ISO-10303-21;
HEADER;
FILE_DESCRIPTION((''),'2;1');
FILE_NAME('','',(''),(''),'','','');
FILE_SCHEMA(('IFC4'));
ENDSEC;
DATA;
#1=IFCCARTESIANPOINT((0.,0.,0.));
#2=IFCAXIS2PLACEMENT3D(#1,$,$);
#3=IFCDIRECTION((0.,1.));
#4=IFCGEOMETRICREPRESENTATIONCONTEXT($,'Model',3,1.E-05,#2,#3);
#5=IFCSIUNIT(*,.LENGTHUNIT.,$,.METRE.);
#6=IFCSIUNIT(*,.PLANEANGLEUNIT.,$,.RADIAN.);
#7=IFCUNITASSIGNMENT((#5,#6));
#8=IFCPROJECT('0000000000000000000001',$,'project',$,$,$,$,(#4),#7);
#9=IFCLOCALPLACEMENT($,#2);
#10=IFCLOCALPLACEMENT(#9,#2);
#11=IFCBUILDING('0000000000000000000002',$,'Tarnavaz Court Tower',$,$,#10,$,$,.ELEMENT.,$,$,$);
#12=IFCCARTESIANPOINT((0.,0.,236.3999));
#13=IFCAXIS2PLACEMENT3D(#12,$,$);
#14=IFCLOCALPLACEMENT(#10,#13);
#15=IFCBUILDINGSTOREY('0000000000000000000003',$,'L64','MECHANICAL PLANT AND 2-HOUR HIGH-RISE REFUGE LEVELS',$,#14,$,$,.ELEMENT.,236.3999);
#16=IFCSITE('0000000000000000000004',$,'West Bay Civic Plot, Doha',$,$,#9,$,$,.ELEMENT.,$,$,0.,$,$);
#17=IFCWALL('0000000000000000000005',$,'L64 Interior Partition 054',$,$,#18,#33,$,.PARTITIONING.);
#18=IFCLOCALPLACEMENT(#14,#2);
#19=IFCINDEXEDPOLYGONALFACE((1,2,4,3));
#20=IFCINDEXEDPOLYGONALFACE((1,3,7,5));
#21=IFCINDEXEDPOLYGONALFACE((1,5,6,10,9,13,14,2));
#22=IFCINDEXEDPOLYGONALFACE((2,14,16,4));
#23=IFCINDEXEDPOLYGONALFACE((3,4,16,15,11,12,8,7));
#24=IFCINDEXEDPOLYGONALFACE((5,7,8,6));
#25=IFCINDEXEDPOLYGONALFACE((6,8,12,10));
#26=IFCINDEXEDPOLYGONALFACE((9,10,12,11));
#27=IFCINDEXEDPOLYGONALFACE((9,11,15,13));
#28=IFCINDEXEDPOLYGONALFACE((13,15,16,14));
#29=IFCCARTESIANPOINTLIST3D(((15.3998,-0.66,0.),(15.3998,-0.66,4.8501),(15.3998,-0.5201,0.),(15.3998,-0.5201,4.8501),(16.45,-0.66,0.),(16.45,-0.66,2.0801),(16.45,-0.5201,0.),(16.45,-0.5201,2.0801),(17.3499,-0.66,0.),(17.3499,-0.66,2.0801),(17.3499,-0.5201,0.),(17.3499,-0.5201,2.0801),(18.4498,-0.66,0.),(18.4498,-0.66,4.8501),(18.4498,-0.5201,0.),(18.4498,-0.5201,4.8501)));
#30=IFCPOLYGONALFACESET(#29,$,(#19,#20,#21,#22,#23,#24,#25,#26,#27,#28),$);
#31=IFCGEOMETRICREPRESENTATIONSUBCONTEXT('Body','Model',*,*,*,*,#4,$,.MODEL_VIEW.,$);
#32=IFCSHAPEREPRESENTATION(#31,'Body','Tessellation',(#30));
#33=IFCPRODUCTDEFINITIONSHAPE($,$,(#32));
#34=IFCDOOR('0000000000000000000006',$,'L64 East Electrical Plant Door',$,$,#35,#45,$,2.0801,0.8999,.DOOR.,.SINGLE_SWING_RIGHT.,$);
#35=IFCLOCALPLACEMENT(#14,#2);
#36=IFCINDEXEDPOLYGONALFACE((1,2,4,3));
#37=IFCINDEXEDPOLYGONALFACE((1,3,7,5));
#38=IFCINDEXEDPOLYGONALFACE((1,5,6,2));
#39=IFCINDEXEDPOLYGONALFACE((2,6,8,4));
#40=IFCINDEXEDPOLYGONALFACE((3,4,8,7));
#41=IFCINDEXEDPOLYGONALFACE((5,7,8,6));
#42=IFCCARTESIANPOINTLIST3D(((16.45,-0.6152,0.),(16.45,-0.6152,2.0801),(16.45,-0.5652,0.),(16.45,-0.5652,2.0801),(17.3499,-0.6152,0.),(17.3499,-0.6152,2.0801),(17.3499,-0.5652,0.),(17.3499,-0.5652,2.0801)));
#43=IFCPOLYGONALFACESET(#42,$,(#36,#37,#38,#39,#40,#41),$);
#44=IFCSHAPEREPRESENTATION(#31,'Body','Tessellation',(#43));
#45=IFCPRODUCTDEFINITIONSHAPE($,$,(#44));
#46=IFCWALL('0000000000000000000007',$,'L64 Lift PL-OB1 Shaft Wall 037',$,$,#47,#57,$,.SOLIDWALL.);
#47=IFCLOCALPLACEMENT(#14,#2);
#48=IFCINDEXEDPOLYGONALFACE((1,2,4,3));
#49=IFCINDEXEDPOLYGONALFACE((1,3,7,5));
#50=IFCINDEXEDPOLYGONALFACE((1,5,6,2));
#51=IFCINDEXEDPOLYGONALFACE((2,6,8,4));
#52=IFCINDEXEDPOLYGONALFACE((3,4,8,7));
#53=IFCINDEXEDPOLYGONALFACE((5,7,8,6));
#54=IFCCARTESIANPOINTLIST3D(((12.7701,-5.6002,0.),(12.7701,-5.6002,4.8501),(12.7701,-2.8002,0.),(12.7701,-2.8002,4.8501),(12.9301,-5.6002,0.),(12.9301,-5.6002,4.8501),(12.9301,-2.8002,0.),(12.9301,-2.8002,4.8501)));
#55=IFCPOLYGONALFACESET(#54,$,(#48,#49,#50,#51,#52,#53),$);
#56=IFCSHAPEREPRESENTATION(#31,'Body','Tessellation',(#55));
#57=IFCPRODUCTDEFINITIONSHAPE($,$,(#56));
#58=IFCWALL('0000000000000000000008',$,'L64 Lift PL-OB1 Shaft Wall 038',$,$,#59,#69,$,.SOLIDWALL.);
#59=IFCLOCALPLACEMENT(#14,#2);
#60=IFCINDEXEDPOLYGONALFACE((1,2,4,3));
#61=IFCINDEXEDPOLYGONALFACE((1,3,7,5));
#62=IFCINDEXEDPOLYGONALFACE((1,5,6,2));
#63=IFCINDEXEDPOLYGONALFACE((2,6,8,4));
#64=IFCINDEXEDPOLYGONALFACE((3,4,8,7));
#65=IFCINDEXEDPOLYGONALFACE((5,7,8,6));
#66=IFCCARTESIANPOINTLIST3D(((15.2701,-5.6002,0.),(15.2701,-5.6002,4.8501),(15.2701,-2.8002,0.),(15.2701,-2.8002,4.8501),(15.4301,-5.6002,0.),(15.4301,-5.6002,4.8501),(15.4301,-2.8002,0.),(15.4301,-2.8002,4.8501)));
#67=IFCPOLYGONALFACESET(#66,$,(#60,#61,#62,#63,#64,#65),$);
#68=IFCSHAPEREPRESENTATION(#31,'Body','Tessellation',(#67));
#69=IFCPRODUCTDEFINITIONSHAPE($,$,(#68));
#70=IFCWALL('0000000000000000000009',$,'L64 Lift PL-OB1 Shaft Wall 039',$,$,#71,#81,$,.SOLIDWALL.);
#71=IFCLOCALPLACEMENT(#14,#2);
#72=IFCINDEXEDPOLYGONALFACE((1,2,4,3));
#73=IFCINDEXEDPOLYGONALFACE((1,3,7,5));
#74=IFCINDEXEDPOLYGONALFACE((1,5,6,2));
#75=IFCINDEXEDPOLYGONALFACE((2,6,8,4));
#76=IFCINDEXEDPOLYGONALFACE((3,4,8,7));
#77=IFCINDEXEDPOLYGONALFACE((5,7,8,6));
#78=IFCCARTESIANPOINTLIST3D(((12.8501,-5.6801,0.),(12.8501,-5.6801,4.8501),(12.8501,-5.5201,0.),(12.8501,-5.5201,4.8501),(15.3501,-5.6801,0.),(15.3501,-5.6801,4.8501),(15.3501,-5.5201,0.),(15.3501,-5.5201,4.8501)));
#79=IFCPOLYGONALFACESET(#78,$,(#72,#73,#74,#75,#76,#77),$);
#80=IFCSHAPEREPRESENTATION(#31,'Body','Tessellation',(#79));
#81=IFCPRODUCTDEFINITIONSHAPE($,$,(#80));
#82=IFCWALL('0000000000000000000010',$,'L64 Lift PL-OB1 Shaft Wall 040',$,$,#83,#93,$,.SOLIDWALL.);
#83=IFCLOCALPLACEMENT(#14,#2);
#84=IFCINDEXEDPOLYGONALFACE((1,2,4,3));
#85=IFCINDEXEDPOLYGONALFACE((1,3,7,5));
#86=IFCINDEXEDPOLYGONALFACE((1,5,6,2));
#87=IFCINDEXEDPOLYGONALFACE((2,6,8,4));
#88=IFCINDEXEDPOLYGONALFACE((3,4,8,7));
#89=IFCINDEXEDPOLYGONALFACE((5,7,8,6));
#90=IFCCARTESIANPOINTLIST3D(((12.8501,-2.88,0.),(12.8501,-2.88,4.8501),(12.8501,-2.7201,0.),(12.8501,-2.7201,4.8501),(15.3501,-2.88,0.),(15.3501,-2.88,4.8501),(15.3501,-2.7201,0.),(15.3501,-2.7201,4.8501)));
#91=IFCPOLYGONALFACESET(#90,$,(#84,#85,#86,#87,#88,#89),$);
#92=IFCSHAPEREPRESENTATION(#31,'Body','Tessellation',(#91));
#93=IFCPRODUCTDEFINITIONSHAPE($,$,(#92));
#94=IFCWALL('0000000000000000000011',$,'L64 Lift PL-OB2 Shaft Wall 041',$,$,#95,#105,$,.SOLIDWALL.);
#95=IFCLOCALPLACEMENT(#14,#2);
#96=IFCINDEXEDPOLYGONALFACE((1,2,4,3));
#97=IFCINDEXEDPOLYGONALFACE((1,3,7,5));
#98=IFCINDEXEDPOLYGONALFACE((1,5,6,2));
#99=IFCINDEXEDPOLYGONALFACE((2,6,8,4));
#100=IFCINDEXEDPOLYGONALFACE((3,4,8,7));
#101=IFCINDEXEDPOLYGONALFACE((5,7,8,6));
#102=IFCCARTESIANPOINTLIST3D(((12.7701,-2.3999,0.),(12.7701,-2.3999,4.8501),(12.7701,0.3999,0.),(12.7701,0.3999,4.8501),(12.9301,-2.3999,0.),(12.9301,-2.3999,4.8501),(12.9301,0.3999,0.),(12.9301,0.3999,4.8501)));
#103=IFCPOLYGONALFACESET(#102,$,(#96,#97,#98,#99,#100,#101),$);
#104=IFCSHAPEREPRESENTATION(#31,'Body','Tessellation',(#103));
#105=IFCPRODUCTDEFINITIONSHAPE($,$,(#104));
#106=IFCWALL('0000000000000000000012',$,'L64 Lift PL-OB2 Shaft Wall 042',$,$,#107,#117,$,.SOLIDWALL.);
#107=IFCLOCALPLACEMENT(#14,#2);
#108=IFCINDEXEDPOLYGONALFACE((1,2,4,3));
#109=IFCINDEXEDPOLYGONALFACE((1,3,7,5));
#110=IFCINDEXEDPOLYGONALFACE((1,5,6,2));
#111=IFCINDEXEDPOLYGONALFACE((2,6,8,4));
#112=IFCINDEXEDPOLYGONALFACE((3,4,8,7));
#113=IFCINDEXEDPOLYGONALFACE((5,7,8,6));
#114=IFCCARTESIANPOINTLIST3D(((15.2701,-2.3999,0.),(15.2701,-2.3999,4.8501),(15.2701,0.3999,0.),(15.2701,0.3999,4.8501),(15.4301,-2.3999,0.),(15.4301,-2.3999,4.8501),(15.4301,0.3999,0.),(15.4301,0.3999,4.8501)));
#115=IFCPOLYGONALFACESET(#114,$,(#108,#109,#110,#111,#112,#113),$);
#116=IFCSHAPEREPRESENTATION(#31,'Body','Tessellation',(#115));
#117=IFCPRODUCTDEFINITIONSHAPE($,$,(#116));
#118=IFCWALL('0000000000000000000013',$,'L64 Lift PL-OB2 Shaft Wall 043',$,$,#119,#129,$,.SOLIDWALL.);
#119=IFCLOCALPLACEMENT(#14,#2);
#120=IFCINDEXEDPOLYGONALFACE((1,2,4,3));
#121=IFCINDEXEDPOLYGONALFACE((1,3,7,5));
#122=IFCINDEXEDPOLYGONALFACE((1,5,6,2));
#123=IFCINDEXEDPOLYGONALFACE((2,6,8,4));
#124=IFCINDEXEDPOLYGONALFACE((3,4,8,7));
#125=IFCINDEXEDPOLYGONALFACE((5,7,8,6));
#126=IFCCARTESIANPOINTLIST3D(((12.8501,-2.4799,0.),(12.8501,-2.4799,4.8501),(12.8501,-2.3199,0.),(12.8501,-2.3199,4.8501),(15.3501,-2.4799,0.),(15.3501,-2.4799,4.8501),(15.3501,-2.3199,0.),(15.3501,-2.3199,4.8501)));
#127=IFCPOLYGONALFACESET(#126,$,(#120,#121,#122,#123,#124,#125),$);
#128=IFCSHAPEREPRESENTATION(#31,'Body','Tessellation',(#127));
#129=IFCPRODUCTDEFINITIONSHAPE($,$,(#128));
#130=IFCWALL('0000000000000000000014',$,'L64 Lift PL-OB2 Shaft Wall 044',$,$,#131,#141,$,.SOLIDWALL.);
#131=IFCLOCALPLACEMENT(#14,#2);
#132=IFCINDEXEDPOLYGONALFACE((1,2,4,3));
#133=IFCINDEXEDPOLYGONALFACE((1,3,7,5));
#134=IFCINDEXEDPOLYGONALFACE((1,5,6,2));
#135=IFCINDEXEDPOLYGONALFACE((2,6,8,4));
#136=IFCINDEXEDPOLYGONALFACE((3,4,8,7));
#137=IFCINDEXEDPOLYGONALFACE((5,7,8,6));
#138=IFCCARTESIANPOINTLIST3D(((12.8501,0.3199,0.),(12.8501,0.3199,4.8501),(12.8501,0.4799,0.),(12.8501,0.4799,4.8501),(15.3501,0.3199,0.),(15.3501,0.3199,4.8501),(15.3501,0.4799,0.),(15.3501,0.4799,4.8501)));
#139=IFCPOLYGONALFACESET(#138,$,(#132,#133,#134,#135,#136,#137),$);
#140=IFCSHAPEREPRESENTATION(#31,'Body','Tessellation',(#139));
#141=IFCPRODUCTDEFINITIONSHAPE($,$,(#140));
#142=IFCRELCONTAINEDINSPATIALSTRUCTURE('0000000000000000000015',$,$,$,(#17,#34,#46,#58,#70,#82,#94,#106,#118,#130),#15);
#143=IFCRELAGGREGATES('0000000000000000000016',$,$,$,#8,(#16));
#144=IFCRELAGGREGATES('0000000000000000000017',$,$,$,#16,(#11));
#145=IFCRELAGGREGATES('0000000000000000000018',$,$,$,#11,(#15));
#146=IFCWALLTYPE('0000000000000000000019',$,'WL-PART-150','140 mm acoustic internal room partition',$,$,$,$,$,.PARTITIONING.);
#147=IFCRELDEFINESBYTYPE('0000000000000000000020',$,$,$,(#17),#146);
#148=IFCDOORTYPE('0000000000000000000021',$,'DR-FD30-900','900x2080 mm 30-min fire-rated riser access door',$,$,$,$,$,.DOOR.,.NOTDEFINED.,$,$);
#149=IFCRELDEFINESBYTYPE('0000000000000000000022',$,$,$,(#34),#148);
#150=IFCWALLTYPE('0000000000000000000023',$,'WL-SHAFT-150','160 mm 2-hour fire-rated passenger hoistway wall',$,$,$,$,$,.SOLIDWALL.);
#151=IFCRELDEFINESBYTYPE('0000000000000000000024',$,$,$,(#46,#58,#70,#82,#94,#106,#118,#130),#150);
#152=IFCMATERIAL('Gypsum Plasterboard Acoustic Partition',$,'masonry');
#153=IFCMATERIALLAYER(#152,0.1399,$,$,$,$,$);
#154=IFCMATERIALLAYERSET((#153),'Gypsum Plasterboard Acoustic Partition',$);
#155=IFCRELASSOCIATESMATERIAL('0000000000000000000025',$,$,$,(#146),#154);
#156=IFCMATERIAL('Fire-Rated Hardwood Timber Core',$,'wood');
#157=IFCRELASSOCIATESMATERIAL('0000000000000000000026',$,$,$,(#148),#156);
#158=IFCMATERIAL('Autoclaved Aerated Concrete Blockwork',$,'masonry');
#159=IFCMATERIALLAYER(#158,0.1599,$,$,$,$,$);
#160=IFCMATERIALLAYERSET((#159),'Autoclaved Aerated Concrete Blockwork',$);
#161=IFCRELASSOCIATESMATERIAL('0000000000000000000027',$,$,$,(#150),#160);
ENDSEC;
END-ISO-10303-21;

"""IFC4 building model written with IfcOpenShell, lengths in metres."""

from ifc_helpers import new_model, si_unit, direction, frame, frame_2d, origin, place, context, subcontext, project, spatial, rectangle, extrude, material, layer, layer_set, type_object, element, fill, save


model = new_model("IFC4")

# Units and contexts
model_context = context("Model", 3, precision=1e-05, world=origin(), true_north=direction((0.0, 1.0)))
body_context = subcontext(model_context, "Body", "Model", "MODEL_VIEW")
ifc_project = project(units=[si_unit("LENGTHUNIT", "METRE"), si_unit("PLANEANGLEUNIT", "RADIAN")], contexts=[model_context])

# Site, building, storey
site_placement = place(None, origin())
site = spatial("IfcSite", under=ifc_project, at=site_placement, Name="West Bay Civic Plot, Doha", CompositionType="ELEMENT", RefElevation=0.0)
building_placement = place(site_placement, origin())
building = spatial("IfcBuilding", under=site, at=building_placement, Name="Tarnavaz Court Tower", CompositionType="ELEMENT")
storey_placement = place(building_placement, frame((0.0, 0.0, 236.3999)))
storey = spatial("IfcBuildingStorey", under=building, at=storey_placement, Name="L64", Description="MECHANICAL PLANT AND 2-HOUR HIGH-RISE REFUGE LEVELS", CompositionType="ELEMENT", Elevation=236.3999)

# Shared definitions
ifc_material_1 = material(Name="Gypsum Plasterboard Acoustic Partition", Category="masonry")
ifc_layer_1 = layer(ifc_material_1, 0.1399)
ifc_layer_set_1 = layer_set([ifc_layer_1], Name="Gypsum Plasterboard Acoustic Partition")
wall_type_1 = type_object("IfcWallType", Name="WL-PART-150", Description="140 mm acoustic internal room partition", PredefinedType="PARTITIONING", material=ifc_layer_set_1)

# Wall, opening, door
ifc_material_2 = material(Name="Fire-Rated Hardwood Timber Core", Category="wood")
door_type = type_object("IfcDoorType", Name="DR-FD30-900", Description="900x2080 mm 30-min fire-rated riser access door", OperationType="NOTDEFINED", PredefinedType="DOOR", material=ifc_material_2)
wall_1_placement = place(storey_placement, frame((15.3999, -0.5901, 0.0), z_axis=(0.0, 0.0, 1.0), x_axis=(1.0, 0.0, 0.0)))
wall_1 = element("IfcWall", 1, at=wall_1_placement, inside=storey, type_object=wall_type_1, Name="L64 Interior Partition 054", PredefinedType="PARTITIONING", context=body_context, shape_type="SweptSolid", body=[
    extrude(rectangle(XDim=3.05, YDim=0.1399, at=frame_2d((1.5249, 0.0))), origin(), (0.0, 0.0, 1.0), 4.8501),
])
opening_1_placement = place(wall_1_placement, frame((1.05, 0.0, 0.0)))
opening_1 = element("IfcOpeningElement", 2, at=opening_1_placement, cuts=wall_1, PredefinedType="OPENING", context=body_context, shape_type="SweptSolid", body=[
    extrude(rectangle(XDim=0.8999, YDim=2.0801, at=frame_2d((0.45, 1.04))), frame((0.0, 0.0798, 0.0), z_axis=(0.0, -1.0, 0.0), x_axis=(1.0, 0.0, 0.0)), (0.0, 0.0, 1.0), 0.1599),
])
door_1_placement = place(opening_1_placement, origin())
door_1 = element("IfcDoor", 3, at=door_1_placement, inside=storey, type_object=door_type, Name="L64 East Electrical Plant Door", OperationType="SINGLE_SWING_RIGHT", OverallHeight=2.0801, OverallWidth=0.8999, PredefinedType="DOOR", context=body_context, shape_type="SweptSolid", body=[
    extrude(rectangle(XDim=0.8999, YDim=2.0801, at=frame_2d((0.45, 1.04))), frame((0.0, 0.0249, 0.0), z_axis=(0.0, -1.0, 0.0), x_axis=(1.0, 0.0, 0.0)), (0.0, 0.0, 1.0), 0.05),
])
fill(opening_1, door_1)

# Walls
ifc_material_3 = material(Name="Autoclaved Aerated Concrete Blockwork", Category="masonry")
ifc_layer_2 = layer(ifc_material_3, 0.1599)
ifc_layer_set_2 = layer_set([ifc_layer_2], Name="Autoclaved Aerated Concrete Blockwork")
wall_type_2 = type_object("IfcWallType", Name="WL-SHAFT-150", Description="160 mm 2-hour fire-rated passenger hoistway wall", PredefinedType="SOLIDWALL", material=ifc_layer_set_2)
for number, where, z_axis, x_axis, name in (
    (4, (12.8501, -5.6001, 0.0), (0.0, 0.0, 1.0), (0.0, 1.0, 0.0), "L64 Lift PL-OB1 Shaft Wall 037"),
    (5, (15.3501, -5.6001, 0.0), (0.0, 0.0, 1.0), (0.0, 1.0, 0.0), "L64 Lift PL-OB1 Shaft Wall 038"),
):
    element("IfcWall", number, at=place(storey_placement, frame(where, z_axis=z_axis, x_axis=x_axis)), inside=storey, type_object=wall_type_2, Name=name, PredefinedType="SOLIDWALL", context=body_context, shape_type="SweptSolid", body=[
        extrude(rectangle(XDim=2.8, YDim=0.1599, at=frame_2d((1.3999, 0.0))), origin(), (0.0, 0.0, 1.0), 4.8501),
    ])
for number, where, z_axis, x_axis, name in (
    (6, (12.8501, -5.6001, 0.0), (0.0, 0.0, 1.0), (1.0, 0.0, 0.0), "L64 Lift PL-OB1 Shaft Wall 039"),
    (7, (12.8501, -2.8, 0.0), (0.0, 0.0, 1.0), (1.0, 0.0, 0.0), "L64 Lift PL-OB1 Shaft Wall 040"),
):
    element("IfcWall", number, at=place(storey_placement, frame(where, z_axis=z_axis, x_axis=x_axis)), inside=storey, type_object=wall_type_2, Name=name, PredefinedType="SOLIDWALL", context=body_context, shape_type="SweptSolid", body=[
        extrude(rectangle(XDim=2.5, YDim=0.1599, at=frame_2d((1.25, 0.0))), origin(), (0.0, 0.0, 1.0), 4.8501),
    ])
for number, where, z_axis, x_axis, name in (
    (8, (12.8501, -2.3999, 0.0), (0.0, 0.0, 1.0), (0.0, 1.0, 0.0), "L64 Lift PL-OB2 Shaft Wall 041"),
    (9, (15.3501, -2.3999, 0.0), (0.0, 0.0, 1.0), (0.0, 1.0, 0.0), "L64 Lift PL-OB2 Shaft Wall 042"),
):
    element("IfcWall", number, at=place(storey_placement, frame(where, z_axis=z_axis, x_axis=x_axis)), inside=storey, type_object=wall_type_2, Name=name, PredefinedType="SOLIDWALL", context=body_context, shape_type="SweptSolid", body=[
        extrude(rectangle(XDim=2.7998, YDim=0.1599, at=frame_2d((1.3999, 0.0))), origin(), (0.0, 0.0, 1.0), 4.8501),
    ])
for number, where, z_axis, x_axis, name in (
    (10, (12.8501, -2.3999, 0.0), (0.0, 0.0, 1.0), (1.0, 0.0, 0.0), "L64 Lift PL-OB2 Shaft Wall 043"),
    (11, (12.8501, 0.3999, 0.0), (0.0, 0.0, 1.0), (1.0, 0.0, 0.0), "L64 Lift PL-OB2 Shaft Wall 044"),
):
    element("IfcWall", number, at=place(storey_placement, frame(where, z_axis=z_axis, x_axis=x_axis)), inside=storey, type_object=wall_type_2, Name=name, PredefinedType="SOLIDWALL", context=body_context, shape_type="SweptSolid", body=[
        extrude(rectangle(XDim=2.5, YDim=0.1599, at=frame_2d((1.25, 0.0))), origin(), (0.0, 0.0, 1.0), 4.8501),
    ])

save(model, "model.ifc")
